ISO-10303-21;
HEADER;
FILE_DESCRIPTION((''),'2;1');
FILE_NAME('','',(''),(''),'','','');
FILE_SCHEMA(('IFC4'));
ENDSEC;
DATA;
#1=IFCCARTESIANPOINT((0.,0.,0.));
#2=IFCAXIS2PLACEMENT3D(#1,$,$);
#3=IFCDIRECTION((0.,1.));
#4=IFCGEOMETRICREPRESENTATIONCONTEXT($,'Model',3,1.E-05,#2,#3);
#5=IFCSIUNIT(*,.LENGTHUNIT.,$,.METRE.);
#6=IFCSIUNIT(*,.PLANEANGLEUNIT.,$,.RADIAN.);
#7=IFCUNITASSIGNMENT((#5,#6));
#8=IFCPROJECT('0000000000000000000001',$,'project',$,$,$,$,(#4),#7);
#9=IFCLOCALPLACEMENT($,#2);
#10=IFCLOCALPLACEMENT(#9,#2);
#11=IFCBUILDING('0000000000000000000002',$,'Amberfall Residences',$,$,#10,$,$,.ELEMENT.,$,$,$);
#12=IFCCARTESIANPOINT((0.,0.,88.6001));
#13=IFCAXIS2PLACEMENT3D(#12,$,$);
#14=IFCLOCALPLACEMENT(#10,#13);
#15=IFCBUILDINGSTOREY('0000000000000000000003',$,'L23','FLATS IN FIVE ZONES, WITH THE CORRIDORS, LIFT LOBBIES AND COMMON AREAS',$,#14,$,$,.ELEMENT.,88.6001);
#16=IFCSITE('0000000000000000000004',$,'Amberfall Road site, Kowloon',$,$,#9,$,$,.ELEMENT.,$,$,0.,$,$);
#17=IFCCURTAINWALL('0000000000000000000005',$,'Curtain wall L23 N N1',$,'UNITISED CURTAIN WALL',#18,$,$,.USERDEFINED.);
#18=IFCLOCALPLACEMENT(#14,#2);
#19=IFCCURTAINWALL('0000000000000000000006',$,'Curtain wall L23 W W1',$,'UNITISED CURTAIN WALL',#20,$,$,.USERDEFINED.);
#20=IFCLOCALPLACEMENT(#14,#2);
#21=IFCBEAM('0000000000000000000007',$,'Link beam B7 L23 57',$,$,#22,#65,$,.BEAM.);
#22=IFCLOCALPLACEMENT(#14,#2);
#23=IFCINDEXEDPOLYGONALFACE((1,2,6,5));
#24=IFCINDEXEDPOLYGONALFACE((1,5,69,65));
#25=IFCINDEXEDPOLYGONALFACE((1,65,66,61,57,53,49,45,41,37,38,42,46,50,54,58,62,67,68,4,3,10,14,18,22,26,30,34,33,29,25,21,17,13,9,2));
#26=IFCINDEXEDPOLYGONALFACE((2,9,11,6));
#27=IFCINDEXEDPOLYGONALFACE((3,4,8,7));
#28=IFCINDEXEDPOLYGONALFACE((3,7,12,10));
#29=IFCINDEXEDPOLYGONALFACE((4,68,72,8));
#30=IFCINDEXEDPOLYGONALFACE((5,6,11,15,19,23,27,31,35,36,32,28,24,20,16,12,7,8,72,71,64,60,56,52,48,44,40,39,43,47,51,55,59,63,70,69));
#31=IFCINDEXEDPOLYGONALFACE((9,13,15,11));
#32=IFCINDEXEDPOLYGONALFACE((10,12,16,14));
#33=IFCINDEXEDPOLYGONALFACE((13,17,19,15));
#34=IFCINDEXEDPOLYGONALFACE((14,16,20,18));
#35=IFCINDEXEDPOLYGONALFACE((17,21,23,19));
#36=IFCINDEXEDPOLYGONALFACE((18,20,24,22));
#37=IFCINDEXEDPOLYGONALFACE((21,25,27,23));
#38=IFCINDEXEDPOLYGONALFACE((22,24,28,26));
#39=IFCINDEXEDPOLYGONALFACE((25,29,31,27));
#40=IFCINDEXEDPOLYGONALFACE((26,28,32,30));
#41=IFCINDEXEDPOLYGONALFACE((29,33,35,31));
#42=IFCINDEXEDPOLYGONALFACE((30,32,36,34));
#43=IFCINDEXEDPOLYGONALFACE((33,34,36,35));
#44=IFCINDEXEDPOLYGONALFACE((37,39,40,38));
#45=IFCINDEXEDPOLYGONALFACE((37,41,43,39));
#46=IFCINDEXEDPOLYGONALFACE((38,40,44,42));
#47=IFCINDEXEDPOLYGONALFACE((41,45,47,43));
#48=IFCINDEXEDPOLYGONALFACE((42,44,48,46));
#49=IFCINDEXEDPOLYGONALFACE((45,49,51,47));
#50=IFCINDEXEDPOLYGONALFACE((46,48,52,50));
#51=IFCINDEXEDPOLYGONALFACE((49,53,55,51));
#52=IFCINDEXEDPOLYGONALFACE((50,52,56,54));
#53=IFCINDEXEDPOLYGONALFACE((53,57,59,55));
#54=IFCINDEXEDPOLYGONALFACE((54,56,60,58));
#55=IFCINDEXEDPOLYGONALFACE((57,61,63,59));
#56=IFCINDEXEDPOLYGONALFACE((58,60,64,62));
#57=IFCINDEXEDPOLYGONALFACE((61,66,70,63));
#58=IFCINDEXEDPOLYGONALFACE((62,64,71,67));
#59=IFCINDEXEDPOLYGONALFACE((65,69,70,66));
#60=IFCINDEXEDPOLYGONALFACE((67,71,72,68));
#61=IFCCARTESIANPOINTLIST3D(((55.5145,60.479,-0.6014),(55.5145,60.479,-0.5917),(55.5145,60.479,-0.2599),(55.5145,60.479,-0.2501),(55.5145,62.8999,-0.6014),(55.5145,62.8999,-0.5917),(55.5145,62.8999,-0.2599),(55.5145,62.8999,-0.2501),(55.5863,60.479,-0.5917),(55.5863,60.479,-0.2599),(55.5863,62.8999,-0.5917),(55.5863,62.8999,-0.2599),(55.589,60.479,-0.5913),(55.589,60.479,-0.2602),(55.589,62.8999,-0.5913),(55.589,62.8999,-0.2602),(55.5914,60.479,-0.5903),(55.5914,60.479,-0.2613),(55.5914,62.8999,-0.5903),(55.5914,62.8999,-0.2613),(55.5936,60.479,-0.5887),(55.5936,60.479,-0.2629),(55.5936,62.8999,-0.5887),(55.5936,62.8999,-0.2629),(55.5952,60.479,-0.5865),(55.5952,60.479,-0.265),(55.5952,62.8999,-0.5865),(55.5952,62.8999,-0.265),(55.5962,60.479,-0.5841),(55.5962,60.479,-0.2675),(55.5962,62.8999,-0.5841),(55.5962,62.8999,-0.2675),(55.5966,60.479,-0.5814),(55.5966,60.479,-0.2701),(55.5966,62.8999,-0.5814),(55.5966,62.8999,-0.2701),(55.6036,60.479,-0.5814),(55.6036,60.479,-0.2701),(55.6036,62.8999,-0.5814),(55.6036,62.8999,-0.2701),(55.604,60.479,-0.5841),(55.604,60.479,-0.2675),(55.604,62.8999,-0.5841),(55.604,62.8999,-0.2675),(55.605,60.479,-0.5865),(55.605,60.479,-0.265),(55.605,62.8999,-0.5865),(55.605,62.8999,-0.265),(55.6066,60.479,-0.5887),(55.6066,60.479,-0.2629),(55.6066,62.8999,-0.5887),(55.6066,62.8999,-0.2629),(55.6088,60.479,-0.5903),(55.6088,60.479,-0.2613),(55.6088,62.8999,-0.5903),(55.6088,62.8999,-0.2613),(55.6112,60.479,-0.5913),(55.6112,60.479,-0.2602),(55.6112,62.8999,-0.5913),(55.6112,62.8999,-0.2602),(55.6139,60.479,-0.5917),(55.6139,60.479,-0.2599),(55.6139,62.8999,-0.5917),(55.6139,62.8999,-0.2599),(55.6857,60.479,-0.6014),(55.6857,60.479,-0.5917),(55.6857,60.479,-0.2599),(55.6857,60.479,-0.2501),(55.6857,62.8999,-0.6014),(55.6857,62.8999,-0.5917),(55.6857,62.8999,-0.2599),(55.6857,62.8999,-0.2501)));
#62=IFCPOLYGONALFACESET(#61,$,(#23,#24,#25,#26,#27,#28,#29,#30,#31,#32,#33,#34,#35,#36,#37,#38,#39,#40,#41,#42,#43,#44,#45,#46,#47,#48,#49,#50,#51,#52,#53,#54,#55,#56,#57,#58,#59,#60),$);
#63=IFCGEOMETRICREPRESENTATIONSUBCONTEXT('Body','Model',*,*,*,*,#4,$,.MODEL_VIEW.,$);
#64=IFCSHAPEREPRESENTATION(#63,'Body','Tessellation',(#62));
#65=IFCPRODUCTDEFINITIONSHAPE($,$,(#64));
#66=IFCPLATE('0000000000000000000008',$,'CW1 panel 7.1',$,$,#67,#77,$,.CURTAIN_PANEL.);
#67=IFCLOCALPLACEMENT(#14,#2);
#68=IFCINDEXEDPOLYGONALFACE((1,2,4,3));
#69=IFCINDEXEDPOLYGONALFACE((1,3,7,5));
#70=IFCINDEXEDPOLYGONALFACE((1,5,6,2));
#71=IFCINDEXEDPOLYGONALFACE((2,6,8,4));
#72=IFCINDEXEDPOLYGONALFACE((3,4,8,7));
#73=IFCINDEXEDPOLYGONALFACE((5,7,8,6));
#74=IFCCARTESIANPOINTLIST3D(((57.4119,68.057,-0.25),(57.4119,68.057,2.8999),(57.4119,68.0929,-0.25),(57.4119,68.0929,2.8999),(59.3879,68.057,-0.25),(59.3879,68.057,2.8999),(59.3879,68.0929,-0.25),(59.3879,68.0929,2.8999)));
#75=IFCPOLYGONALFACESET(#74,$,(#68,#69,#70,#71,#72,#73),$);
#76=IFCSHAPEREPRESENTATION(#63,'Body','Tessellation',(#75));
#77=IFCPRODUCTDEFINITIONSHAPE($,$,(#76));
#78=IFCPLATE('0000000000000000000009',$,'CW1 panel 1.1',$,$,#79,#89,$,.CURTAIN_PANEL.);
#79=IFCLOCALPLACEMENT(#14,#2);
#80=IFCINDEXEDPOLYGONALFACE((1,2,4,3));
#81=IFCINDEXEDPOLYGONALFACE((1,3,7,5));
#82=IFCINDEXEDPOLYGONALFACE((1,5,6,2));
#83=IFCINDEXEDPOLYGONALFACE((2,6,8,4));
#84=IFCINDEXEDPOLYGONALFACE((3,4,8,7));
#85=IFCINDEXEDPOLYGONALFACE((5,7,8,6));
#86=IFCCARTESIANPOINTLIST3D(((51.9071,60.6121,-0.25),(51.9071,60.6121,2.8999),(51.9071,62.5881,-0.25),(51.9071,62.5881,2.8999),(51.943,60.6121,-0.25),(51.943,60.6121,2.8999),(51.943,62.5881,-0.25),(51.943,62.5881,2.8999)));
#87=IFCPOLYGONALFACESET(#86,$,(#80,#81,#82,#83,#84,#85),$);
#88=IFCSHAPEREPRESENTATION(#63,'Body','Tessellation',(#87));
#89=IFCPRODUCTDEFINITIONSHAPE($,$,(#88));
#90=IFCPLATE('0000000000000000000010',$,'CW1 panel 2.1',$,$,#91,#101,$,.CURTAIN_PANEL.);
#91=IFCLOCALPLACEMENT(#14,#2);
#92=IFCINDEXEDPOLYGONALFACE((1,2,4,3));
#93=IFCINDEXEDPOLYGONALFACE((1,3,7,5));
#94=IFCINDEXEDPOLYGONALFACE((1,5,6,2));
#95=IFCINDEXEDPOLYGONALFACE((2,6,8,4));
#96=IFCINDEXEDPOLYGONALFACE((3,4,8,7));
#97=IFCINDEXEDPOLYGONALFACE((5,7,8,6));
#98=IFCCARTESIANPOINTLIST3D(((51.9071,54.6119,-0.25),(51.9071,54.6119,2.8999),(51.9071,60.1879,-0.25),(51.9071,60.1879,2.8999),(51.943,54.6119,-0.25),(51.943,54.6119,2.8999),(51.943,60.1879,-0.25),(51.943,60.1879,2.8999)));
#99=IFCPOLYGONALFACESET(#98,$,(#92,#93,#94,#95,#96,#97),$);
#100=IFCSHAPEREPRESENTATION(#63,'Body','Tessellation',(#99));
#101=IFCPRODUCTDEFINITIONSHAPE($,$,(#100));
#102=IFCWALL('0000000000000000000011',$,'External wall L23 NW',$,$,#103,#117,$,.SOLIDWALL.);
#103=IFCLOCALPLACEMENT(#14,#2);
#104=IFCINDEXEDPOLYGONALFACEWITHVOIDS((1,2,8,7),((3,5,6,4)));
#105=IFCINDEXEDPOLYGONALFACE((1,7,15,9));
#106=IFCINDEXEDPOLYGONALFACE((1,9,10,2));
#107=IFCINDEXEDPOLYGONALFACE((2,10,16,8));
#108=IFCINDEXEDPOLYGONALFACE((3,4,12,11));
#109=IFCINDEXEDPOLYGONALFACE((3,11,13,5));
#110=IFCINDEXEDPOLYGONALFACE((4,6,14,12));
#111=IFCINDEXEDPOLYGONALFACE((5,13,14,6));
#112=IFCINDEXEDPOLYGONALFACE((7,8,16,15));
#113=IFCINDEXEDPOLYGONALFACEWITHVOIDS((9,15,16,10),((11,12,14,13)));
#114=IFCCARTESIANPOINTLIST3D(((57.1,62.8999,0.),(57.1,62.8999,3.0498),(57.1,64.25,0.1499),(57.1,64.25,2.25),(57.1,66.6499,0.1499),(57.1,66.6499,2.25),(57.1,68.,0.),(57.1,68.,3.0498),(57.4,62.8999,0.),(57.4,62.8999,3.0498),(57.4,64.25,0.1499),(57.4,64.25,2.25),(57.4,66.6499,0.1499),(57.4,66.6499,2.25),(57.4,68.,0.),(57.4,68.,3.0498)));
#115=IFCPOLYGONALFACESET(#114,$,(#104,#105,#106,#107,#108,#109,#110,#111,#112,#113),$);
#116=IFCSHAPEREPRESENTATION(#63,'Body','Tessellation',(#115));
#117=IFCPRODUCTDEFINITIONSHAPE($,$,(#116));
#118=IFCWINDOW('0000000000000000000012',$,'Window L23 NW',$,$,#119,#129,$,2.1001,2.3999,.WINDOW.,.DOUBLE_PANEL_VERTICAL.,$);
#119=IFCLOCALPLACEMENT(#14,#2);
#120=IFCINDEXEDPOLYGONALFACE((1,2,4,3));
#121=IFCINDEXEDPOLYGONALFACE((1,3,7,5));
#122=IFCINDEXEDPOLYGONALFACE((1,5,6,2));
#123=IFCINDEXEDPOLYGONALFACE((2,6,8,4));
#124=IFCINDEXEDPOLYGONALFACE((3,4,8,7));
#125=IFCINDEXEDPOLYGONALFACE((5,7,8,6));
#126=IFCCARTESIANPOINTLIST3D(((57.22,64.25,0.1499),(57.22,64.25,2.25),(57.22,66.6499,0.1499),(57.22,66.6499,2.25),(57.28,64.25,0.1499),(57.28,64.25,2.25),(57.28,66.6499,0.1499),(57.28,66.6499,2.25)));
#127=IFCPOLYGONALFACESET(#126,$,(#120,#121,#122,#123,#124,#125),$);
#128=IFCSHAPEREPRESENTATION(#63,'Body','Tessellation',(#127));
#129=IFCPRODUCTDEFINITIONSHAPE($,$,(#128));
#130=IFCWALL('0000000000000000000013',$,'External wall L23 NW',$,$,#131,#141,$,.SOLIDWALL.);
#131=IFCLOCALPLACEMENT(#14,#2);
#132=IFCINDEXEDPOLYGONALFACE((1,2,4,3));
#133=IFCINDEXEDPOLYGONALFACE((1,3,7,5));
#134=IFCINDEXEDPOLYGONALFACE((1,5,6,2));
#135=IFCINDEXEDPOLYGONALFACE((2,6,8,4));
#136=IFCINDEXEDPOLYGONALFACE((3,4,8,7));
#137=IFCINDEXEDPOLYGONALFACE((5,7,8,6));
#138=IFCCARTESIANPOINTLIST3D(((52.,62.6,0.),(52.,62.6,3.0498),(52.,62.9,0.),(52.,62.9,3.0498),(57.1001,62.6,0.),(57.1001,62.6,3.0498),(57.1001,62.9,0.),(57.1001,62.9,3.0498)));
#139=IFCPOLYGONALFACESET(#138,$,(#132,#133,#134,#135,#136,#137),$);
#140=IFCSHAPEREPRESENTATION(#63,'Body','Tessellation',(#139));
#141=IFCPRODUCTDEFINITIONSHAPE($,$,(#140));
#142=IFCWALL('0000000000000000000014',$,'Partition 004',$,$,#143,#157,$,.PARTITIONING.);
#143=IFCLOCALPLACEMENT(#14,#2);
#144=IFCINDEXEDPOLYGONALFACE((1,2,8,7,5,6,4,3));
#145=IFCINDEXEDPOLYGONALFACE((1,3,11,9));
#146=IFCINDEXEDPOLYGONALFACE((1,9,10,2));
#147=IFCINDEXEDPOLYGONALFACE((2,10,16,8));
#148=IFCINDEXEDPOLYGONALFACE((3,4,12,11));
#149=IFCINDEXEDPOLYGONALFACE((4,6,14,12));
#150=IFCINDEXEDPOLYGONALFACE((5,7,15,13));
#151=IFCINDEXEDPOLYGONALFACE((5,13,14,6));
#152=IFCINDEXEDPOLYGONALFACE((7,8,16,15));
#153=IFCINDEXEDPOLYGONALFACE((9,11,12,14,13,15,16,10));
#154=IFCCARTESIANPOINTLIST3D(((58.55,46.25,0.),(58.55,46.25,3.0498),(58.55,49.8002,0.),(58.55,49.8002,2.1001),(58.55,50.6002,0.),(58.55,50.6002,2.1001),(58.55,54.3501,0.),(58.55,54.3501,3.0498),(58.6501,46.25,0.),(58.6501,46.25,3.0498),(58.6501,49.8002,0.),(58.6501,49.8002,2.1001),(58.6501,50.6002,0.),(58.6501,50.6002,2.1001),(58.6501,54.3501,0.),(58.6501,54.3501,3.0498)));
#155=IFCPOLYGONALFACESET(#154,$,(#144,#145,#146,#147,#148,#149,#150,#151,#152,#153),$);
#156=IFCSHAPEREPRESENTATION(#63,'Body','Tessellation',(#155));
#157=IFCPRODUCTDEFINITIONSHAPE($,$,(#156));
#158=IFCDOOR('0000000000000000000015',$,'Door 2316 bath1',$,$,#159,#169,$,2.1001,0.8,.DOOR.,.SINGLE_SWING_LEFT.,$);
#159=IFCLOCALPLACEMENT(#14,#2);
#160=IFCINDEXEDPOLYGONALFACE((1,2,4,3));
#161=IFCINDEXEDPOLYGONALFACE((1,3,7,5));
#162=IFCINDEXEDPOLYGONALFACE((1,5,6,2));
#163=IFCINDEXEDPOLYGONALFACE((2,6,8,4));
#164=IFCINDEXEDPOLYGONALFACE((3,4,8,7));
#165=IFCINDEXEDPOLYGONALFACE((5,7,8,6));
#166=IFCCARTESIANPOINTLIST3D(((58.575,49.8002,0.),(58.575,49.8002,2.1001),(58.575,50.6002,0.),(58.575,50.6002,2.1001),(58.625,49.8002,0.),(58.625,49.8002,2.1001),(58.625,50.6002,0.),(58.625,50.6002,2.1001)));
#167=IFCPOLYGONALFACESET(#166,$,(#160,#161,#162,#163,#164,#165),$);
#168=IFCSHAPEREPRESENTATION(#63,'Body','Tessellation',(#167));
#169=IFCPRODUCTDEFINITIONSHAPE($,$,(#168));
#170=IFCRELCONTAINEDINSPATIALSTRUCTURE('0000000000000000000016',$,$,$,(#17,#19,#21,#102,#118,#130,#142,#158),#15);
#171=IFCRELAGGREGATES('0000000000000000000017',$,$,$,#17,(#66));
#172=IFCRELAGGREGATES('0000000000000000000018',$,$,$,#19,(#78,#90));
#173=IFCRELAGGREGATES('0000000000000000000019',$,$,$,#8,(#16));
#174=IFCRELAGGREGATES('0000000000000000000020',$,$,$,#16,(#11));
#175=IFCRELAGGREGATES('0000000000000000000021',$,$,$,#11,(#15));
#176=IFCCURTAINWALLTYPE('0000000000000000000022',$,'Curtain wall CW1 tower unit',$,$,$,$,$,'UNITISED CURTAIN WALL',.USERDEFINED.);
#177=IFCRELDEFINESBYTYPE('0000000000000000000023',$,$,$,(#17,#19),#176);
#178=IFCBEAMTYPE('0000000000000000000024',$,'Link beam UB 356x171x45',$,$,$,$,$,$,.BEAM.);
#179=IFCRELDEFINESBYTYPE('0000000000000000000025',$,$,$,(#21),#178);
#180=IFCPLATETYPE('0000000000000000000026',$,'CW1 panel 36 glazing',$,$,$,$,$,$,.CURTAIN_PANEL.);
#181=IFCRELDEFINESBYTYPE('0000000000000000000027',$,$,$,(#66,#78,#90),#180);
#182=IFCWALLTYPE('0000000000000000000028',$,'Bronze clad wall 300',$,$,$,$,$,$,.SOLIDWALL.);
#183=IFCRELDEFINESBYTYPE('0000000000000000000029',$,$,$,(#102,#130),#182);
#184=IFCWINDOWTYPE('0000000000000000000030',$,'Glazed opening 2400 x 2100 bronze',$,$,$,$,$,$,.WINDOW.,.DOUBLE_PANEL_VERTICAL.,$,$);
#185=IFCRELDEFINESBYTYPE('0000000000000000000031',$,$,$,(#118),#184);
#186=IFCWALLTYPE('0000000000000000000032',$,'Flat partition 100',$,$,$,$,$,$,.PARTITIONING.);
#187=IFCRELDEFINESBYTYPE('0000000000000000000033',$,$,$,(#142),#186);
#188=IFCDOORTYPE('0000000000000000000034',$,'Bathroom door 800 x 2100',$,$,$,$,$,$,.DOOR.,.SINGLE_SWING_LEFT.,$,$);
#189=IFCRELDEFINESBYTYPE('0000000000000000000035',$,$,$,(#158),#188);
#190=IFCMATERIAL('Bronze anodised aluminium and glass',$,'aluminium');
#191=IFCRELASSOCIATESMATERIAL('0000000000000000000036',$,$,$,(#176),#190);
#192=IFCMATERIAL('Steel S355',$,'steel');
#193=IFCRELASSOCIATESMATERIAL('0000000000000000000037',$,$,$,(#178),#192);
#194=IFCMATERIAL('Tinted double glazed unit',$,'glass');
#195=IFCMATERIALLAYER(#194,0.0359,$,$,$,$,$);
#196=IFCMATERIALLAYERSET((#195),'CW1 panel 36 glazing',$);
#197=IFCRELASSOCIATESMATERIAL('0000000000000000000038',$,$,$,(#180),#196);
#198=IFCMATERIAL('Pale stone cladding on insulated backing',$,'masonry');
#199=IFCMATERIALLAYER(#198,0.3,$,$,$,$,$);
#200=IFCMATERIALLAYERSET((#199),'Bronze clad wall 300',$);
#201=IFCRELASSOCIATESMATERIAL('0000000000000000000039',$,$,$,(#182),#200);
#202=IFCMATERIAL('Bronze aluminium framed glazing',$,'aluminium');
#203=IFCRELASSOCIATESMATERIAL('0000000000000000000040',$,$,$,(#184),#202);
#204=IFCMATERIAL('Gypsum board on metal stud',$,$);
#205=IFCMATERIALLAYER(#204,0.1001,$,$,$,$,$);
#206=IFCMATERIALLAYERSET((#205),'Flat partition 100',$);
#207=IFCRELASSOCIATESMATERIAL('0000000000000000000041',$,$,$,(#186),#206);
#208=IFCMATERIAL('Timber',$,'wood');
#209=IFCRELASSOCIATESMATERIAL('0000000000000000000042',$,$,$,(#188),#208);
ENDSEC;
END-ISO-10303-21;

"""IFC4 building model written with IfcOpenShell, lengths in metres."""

from ifc_helpers import new_model, si_unit, direction, frame, frame_2d, origin, origin_2d, place, context, subcontext, project, spatial, rectangle, i_section, extrude, material, layer, layer_set, material_profile, profile_set, type_object, element, fill, aggregate, save


model = new_model("IFC4")

# Units and contexts
model_context = context("Model", 3, precision=1e-05, world=origin(), true_north=direction((0.0, 1.0)))
body_context = subcontext(model_context, "Body", "Model", "MODEL_VIEW")
ifc_project = project(units=[si_unit("LENGTHUNIT", "METRE"), si_unit("PLANEANGLEUNIT", "RADIAN")], contexts=[model_context])

# Site, building, storey
site_placement = place(None, origin())
site = spatial("IfcSite", under=ifc_project, at=site_placement, Name="Amberfall Road site, Kowloon", CompositionType="ELEMENT", RefElevation=0.0)
building_placement = place(site_placement, origin())
building = spatial("IfcBuilding", under=site, at=building_placement, Name="Amberfall Residences", CompositionType="ELEMENT")
storey_placement = place(building_placement, frame((0.0, 0.0, 88.6001)))
storey = spatial("IfcBuildingStorey", under=building, at=storey_placement, Name="L23", Description="FLATS IN FIVE ZONES, WITH THE CORRIDORS, LIFT LOBBIES AND COMMON AREAS", CompositionType="ELEMENT", Elevation=88.6001)

# Curtain wall
ifc_material_1 = material(Name="Bronze anodised aluminium and glass", Category="aluminium")
curtain_wall_type = type_object("IfcCurtainWallType", Name="Curtain wall CW1 tower unit", ElementType="UNITISED CURTAIN WALL", PredefinedType="USERDEFINED", material=ifc_material_1)
curtain_wall_1_placement = place(storey_placement, origin())
curtain_wall_1 = element("IfcCurtainWall", 1, at=curtain_wall_1_placement, inside=storey, type_object=curtain_wall_type, Name="Curtain wall L23 N N1", ObjectType="UNITISED CURTAIN WALL", PredefinedType="USERDEFINED")

# Curtain wall
curtain_wall_2_placement = place(storey_placement, origin())
curtain_wall_2 = element("IfcCurtainWall", 2, at=curtain_wall_2_placement, inside=storey, type_object=curtain_wall_type, Name="Curtain wall L23 W W1", ObjectType="UNITISED CURTAIN WALL", PredefinedType="USERDEFINED")

# Shared definitions
ifc_material_2 = material(Name="Steel S355", Category="steel")

# Beam
ifc_material_profile_1 = material_profile(ifc_material_2, i_section(OverallWidth=0.1711, OverallDepth=0.3513, WebThickness=0.0071, FlangeThickness=0.0098, FilletRadius=0.0103, at=origin_2d()), Name="UB 356x171x45")
ifc_profile_set_1 = profile_set([ifc_material_profile_1], Name="Steel S355")
beam_type_1 = type_object("IfcBeamType", Name="Link beam UB 356x171x45", PredefinedType="BEAM", material=ifc_profile_set_1)
beam_1_placement = place(storey_placement, frame((55.6001, 62.8999, -0.4258), z_axis=(0.0, -1.0, 0.0), x_axis=(1.0, 0.0, 0.0)))
element("IfcBeam", 3, at=beam_1_placement, inside=storey, type_object=beam_type_1, Name="Link beam B7 L23 57", PredefinedType="BEAM", context=body_context, shape_type="SweptSolid", body=[
    extrude(i_section(OverallWidth=0.1711, OverallDepth=0.3513, WebThickness=0.0071, FlangeThickness=0.0098, FilletRadius=0.0103, at=origin_2d()), origin(), (0.0, 0.0, 1.0), 2.4209),
])

# Plates
ifc_material_3 = material(Name="Tinted double glazed unit", Category="glass")
ifc_layer_1 = layer(ifc_material_3, 0.0359)
ifc_layer_set_1 = layer_set([ifc_layer_1], Name="CW1 panel 36 glazing")
plate_type = type_object("IfcPlateType", Name="CW1 panel 36 glazing", PredefinedType="CURTAIN_PANEL", material=ifc_layer_set_1)
plate_1_placement = place(storey_placement, frame((58.3999, 68.075, -0.25), z_axis=(0.0, 0.0, 1.0), x_axis=(-1.0, 0.0, 0.0)))
plate_1 = element("IfcPlate", 4, at=plate_1_placement, type_object=plate_type, Name="CW1 panel 7.1", PredefinedType="CURTAIN_PANEL", context=body_context, shape_type="SweptSolid", body=[
    extrude(rectangle(XDim=1.9761, YDim=0.0359, at=origin_2d()), origin(), (0.0, 0.0, 1.0), 3.1499),
])
aggregate(curtain_wall_1, [plate_1])
plate_2_placement = place(storey_placement, frame((51.925, 61.6001, -0.25), z_axis=(0.0, 0.0, 1.0), x_axis=(0.0, -1.0, 0.0)))
plate_2 = element("IfcPlate", 5, at=plate_2_placement, type_object=plate_type, Name="CW1 panel 1.1", PredefinedType="CURTAIN_PANEL", context=body_context, shape_type="SweptSolid", body=[
    extrude(rectangle(XDim=1.9761, YDim=0.0359, at=origin_2d()), origin(), (0.0, 0.0, 1.0), 3.1499),
])
plate_3_placement = place(storey_placement, frame((51.925, 57.3999, -0.25), z_axis=(0.0, 0.0, 1.0), x_axis=(0.0, -1.0, 0.0)))
plate_3 = element("IfcPlate", 6, at=plate_3_placement, type_object=plate_type, Name="CW1 panel 2.1", PredefinedType="CURTAIN_PANEL", context=body_context, shape_type="SweptSolid", body=[
    extrude(rectangle(XDim=5.5759, YDim=0.0359, at=origin_2d()), origin(), (0.0, 0.0, 1.0), 3.1499),
])
aggregate(curtain_wall_2, [plate_2, plate_3])

# Wall, opening, window
ifc_material_4 = material(Name="Pale stone cladding on insulated backing", Category="masonry")
ifc_layer_2 = layer(ifc_material_4, 0.3)
ifc_layer_set_2 = layer_set([ifc_layer_2], Name="Bronze clad wall 300")
wall_type_1 = type_object("IfcWallType", Name="Bronze clad wall 300", PredefinedType="SOLIDWALL", material=ifc_layer_set_2)
wall_1_placement = place(storey_placement, frame((57.25, 68.0, 0.0), z_axis=(0.0, 0.0, 1.0), x_axis=(0.0, -1.0, 0.0)))
wall_1 = element("IfcWall", 7, at=wall_1_placement, inside=storey, type_object=wall_type_1, Name="External wall L23 NW", PredefinedType="SOLIDWALL", context=body_context, shape_type="SweptSolid", body=[
    extrude(rectangle(XDim=5.1001, YDim=0.3, at=frame_2d((2.55, 0.0))), origin(), (0.0, 0.0, 1.0), 3.0498),
])
opening_1_placement = place(wall_1_placement, frame((1.3501, 0.0, 0.1499)))
opening_1 = element("IfcOpeningElement", 8, at=opening_1_placement, cuts=wall_1, PredefinedType="OPENING", context=body_context, shape_type="SweptSolid", body=[
    extrude(rectangle(XDim=2.3999, YDim=2.1001, at=frame_2d((1.2, 1.05))), frame((0.0, 0.1599, 0.0), z_axis=(0.0, -1.0, 0.0), x_axis=(1.0, 0.0, 0.0)), (0.0, 0.0, 1.0), 0.3201),
])
ifc_material_5 = material(Name="Bronze aluminium framed glazing", Category="aluminium")
window_type = type_object("IfcWindowType", Name="Glazed opening 2400 x 2100 bronze", PartitioningType="DOUBLE_PANEL_VERTICAL", PredefinedType="WINDOW", material=ifc_material_5)
window_placement = place(opening_1_placement, origin())
window = element("IfcWindow", 9, at=window_placement, inside=storey, type_object=window_type, Name="Window L23 NW", OverallHeight=2.1001, OverallWidth=2.3999, PartitioningType="DOUBLE_PANEL_VERTICAL", PredefinedType="WINDOW", context=body_context, shape_type="SweptSolid", body=[
    extrude(rectangle(XDim=2.3999, YDim=2.1001, at=frame_2d((1.2, 1.05))), frame((0.0, 0.03, 0.0), z_axis=(0.0, -1.0, 0.0), x_axis=(1.0, 0.0, 0.0)), (0.0, 0.0, 1.0), 0.0601),
])
fill(opening_1, window)

# Wall
wall_2_placement = place(storey_placement, frame((57.1001, 62.75, 0.0), z_axis=(0.0, 0.0, 1.0), x_axis=(-1.0, 0.0, 0.0)))
element("IfcWall", 10, at=wall_2_placement, inside=storey, type_object=wall_type_1, Name="External wall L23 NW", PredefinedType="SOLIDWALL", context=body_context, shape_type="SweptSolid", body=[
    extrude(rectangle(XDim=5.1001, YDim=0.3, at=frame_2d((2.55, 0.0))), origin(), (0.0, 0.0, 1.0), 3.0498),
])

# Wall, opening, door
ifc_material_6 = material(Name="Gypsum board on metal stud")
ifc_layer_3 = layer(ifc_material_6, 0.1001)
ifc_layer_set_3 = layer_set([ifc_layer_3], Name="Flat partition 100")
wall_type_2 = type_object("IfcWallType", Name="Flat partition 100", PredefinedType="PARTITIONING", material=ifc_layer_set_3)
wall_3_placement = place(storey_placement, frame((58.6001, 54.3501, 0.0), z_axis=(0.0, 0.0, 1.0), x_axis=(0.0, -1.0, 0.0)))
wall_3 = element("IfcWall", 11, at=wall_3_placement, inside=storey, type_object=wall_type_2, Name="Partition 004", PredefinedType="PARTITIONING", context=body_context, shape_type="SweptSolid", body=[
    extrude(rectangle(XDim=8.1001, YDim=0.1001, at=frame_2d((4.05, 0.0))), origin(), (0.0, 0.0, 1.0), 3.0498),
])
opening_2_placement = place(wall_3_placement, frame((3.75, 0.0, 0.0)))
opening_2 = element("IfcOpeningElement", 12, at=opening_2_placement, cuts=wall_3, PredefinedType="OPENING", context=body_context, shape_type="SweptSolid", body=[
    extrude(rectangle(XDim=0.8, YDim=2.1001, at=frame_2d((0.3999, 1.05))), frame((0.0, 0.0601, 0.0), z_axis=(0.0, -1.0, 0.0), x_axis=(1.0, 0.0, 0.0)), (0.0, 0.0, 1.0), 0.1201),
])
ifc_material_7 = material(Name="Timber", Category="wood")
door_type = type_object("IfcDoorType", Name="Bathroom door 800 x 2100", OperationType="SINGLE_SWING_LEFT", PredefinedType="DOOR", material=ifc_material_7)
door_placement = place(opening_2_placement, origin())
door = element("IfcDoor", 13, at=door_placement, inside=storey, type_object=door_type, Name="Door 2316 bath1", OperationType="SINGLE_SWING_LEFT", OverallHeight=2.1001, OverallWidth=0.8, PredefinedType="DOOR", context=body_context, shape_type="SweptSolid", body=[
    extrude(rectangle(XDim=0.8, YDim=2.1001, at=frame_2d((0.3999, 1.05))), frame((0.0, 0.0249, 0.0), z_axis=(0.0, -1.0, 0.0), x_axis=(1.0, 0.0, 0.0)), (0.0, 0.0, 1.0), 0.05),
])
fill(opening_2, door)

save(model, "model.ifc")
